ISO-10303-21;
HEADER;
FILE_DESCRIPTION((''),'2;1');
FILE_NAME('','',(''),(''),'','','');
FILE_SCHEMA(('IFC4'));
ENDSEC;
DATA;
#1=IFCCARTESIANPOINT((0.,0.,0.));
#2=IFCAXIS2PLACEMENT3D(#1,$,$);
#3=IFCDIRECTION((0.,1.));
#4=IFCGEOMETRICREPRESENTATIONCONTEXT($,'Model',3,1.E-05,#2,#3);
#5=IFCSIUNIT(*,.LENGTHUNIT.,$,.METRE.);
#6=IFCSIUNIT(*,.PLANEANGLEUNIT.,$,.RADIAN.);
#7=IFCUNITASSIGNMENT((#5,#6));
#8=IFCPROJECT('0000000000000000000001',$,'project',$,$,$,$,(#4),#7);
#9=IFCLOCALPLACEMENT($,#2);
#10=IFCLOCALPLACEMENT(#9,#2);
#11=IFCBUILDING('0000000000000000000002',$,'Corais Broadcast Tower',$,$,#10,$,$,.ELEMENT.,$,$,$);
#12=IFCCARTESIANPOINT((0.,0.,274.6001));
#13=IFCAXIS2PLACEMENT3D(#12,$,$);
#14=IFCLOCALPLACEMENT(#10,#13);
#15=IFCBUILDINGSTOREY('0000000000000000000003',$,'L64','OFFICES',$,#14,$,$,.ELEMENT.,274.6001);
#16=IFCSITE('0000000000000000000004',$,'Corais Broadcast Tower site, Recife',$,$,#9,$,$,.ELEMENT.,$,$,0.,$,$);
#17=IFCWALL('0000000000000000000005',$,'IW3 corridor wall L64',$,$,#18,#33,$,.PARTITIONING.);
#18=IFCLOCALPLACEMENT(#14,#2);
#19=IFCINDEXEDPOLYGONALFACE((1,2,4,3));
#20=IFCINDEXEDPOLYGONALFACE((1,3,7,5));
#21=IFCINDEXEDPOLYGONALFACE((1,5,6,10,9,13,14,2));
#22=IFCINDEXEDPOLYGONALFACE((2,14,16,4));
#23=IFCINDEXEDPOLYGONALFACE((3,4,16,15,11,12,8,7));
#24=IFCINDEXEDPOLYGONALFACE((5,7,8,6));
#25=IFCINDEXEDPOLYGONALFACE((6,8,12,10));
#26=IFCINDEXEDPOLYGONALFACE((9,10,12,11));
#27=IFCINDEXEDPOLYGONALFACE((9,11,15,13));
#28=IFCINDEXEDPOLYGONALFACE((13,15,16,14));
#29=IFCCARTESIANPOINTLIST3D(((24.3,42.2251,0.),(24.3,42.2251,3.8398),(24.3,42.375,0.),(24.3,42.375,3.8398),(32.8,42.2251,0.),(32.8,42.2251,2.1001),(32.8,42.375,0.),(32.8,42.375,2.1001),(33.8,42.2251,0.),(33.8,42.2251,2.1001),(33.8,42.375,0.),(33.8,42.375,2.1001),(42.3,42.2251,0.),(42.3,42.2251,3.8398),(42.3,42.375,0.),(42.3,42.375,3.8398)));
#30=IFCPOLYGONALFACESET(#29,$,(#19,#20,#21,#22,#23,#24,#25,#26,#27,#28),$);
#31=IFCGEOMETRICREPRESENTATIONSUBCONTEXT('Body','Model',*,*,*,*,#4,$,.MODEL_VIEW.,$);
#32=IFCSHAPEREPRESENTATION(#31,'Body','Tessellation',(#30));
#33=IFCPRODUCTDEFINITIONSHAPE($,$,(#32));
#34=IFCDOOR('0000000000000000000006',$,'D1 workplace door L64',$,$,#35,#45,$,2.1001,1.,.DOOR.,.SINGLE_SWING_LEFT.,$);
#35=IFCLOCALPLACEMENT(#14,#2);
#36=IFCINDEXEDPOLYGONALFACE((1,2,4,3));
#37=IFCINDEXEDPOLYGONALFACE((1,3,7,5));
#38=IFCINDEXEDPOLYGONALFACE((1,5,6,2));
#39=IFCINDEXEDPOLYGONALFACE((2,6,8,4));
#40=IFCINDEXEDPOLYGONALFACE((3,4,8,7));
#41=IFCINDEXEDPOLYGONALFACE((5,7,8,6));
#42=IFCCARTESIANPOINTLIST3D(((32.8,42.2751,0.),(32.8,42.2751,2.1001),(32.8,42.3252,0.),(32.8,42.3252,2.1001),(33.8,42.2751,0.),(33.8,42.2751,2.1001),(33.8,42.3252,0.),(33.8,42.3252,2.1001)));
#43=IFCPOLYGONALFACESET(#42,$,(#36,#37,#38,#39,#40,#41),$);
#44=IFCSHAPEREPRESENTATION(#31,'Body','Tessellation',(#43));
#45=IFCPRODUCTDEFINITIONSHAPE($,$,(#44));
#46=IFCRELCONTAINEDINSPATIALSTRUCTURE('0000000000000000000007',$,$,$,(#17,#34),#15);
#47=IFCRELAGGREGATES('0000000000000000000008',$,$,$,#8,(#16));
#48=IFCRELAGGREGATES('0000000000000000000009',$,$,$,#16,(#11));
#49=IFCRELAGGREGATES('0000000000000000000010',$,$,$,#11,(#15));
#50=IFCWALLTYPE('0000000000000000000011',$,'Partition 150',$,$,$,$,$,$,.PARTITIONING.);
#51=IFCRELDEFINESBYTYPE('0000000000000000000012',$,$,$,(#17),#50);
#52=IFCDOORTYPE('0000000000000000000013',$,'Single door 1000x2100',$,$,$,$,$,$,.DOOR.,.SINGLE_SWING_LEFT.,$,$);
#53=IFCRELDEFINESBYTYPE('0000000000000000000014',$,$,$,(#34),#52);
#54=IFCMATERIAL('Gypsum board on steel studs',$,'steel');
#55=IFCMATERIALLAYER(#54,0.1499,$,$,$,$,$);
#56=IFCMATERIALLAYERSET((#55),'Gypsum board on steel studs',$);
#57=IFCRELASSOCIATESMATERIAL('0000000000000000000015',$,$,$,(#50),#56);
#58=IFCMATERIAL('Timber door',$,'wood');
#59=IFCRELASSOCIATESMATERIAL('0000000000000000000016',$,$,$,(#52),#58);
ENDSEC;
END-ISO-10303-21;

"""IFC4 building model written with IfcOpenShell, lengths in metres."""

from ifc_helpers import new_model, si_unit, direction, frame, frame_2d, origin, place, context, subcontext, project, spatial, rectangle, extrude, material, layer, layer_set, type_object, element, fill, save


model = new_model("IFC4")

# Units and contexts
model_context = context("Model", 3, precision=1e-05, world=origin(), true_north=direction((0.0, 1.0)))
body_context = subcontext(model_context, "Body", "Model", "MODEL_VIEW")
ifc_project = project(units=[si_unit("LENGTHUNIT", "METRE"), si_unit("PLANEANGLEUNIT", "RADIAN")], contexts=[model_context])

# Site, building, storey
site_placement = place(None, origin())
site = spatial("IfcSite", under=ifc_project, at=site_placement, Name="Corais Broadcast Tower site, Recife", CompositionType="ELEMENT", RefElevation=0.0)
building_placement = place(site_placement, origin())
building = spatial("IfcBuilding", under=site, at=building_placement, Name="Corais Broadcast Tower", CompositionType="ELEMENT")
storey_placement = place(building_placement, frame((0.0, 0.0, 274.6001)))
storey = spatial("IfcBuildingStorey", under=building, at=storey_placement, Name="L64", Description="OFFICES", CompositionType="ELEMENT", Elevation=274.6001)

# Wall, opening, door
ifc_material_1 = material(Name="Gypsum board on steel studs", Category="steel")
ifc_layer_1 = layer(ifc_material_1, 0.1499)
ifc_layer_set_1 = layer_set([ifc_layer_1], Name="Gypsum board on steel studs")
wall_type = type_object("IfcWallType", Name="Partition 150", PredefinedType="PARTITIONING", material=ifc_layer_set_1)
wall_placement = place(storey_placement, frame((42.3, 42.3, 0.0), z_axis=(0.0, 0.0, 1.0), x_axis=(-1.0, 0.0, 0.0)))
wall = element("IfcWall", 1, at=wall_placement, inside=storey, type_object=wall_type, Name="IW3 corridor wall L64", PredefinedType="PARTITIONING", context=body_context, shape_type="SweptSolid", body=[
    extrude(rectangle(XDim=18.0, YDim=0.1499, at=frame_2d((9.0, 0.0))), origin(), (0.0, 0.0, 1.0), 3.8398),
])
opening_placement = place(wall_placement, frame((8.5, 0.0, 0.0)))
opening = element("IfcOpeningElement", 2, at=opening_placement, cuts=wall, PredefinedType="OPENING", context=body_context, shape_type="SweptSolid", body=[
    extrude(rectangle(XDim=1.0, YDim=2.1001, at=frame_2d((0.5, 1.05))), frame((0.0, 0.085, 0.0), z_axis=(0.0, -1.0, 0.0), x_axis=(1.0, 0.0, 0.0)), (0.0, 0.0, 1.0), 0.1699),
])
ifc_material_2 = material(Name="Timber door", Category="wood")
door_type = type_object("IfcDoorType", Name="Single door 1000x2100", OperationType="SINGLE_SWING_LEFT", PredefinedType="DOOR", material=ifc_material_2)
door_placement = place(opening_placement, origin())
door = element("IfcDoor", 3, at=door_placement, inside=storey, type_object=door_type, Name="D1 workplace door L64", OperationType="SINGLE_SWING_LEFT", OverallHeight=2.1001, OverallWidth=1.0, PredefinedType="DOOR", context=body_context, shape_type="SweptSolid", body=[
    extrude(rectangle(XDim=1.0, YDim=2.1001, at=frame_2d((0.5, 1.05))), frame((0.0, 0.0249, 0.0), z_axis=(0.0, -1.0, 0.0), x_axis=(1.0, 0.0, 0.0)), (0.0, 0.0, 1.0), 0.05),
])
fill(opening, door)

save(model, "model.ifc")
